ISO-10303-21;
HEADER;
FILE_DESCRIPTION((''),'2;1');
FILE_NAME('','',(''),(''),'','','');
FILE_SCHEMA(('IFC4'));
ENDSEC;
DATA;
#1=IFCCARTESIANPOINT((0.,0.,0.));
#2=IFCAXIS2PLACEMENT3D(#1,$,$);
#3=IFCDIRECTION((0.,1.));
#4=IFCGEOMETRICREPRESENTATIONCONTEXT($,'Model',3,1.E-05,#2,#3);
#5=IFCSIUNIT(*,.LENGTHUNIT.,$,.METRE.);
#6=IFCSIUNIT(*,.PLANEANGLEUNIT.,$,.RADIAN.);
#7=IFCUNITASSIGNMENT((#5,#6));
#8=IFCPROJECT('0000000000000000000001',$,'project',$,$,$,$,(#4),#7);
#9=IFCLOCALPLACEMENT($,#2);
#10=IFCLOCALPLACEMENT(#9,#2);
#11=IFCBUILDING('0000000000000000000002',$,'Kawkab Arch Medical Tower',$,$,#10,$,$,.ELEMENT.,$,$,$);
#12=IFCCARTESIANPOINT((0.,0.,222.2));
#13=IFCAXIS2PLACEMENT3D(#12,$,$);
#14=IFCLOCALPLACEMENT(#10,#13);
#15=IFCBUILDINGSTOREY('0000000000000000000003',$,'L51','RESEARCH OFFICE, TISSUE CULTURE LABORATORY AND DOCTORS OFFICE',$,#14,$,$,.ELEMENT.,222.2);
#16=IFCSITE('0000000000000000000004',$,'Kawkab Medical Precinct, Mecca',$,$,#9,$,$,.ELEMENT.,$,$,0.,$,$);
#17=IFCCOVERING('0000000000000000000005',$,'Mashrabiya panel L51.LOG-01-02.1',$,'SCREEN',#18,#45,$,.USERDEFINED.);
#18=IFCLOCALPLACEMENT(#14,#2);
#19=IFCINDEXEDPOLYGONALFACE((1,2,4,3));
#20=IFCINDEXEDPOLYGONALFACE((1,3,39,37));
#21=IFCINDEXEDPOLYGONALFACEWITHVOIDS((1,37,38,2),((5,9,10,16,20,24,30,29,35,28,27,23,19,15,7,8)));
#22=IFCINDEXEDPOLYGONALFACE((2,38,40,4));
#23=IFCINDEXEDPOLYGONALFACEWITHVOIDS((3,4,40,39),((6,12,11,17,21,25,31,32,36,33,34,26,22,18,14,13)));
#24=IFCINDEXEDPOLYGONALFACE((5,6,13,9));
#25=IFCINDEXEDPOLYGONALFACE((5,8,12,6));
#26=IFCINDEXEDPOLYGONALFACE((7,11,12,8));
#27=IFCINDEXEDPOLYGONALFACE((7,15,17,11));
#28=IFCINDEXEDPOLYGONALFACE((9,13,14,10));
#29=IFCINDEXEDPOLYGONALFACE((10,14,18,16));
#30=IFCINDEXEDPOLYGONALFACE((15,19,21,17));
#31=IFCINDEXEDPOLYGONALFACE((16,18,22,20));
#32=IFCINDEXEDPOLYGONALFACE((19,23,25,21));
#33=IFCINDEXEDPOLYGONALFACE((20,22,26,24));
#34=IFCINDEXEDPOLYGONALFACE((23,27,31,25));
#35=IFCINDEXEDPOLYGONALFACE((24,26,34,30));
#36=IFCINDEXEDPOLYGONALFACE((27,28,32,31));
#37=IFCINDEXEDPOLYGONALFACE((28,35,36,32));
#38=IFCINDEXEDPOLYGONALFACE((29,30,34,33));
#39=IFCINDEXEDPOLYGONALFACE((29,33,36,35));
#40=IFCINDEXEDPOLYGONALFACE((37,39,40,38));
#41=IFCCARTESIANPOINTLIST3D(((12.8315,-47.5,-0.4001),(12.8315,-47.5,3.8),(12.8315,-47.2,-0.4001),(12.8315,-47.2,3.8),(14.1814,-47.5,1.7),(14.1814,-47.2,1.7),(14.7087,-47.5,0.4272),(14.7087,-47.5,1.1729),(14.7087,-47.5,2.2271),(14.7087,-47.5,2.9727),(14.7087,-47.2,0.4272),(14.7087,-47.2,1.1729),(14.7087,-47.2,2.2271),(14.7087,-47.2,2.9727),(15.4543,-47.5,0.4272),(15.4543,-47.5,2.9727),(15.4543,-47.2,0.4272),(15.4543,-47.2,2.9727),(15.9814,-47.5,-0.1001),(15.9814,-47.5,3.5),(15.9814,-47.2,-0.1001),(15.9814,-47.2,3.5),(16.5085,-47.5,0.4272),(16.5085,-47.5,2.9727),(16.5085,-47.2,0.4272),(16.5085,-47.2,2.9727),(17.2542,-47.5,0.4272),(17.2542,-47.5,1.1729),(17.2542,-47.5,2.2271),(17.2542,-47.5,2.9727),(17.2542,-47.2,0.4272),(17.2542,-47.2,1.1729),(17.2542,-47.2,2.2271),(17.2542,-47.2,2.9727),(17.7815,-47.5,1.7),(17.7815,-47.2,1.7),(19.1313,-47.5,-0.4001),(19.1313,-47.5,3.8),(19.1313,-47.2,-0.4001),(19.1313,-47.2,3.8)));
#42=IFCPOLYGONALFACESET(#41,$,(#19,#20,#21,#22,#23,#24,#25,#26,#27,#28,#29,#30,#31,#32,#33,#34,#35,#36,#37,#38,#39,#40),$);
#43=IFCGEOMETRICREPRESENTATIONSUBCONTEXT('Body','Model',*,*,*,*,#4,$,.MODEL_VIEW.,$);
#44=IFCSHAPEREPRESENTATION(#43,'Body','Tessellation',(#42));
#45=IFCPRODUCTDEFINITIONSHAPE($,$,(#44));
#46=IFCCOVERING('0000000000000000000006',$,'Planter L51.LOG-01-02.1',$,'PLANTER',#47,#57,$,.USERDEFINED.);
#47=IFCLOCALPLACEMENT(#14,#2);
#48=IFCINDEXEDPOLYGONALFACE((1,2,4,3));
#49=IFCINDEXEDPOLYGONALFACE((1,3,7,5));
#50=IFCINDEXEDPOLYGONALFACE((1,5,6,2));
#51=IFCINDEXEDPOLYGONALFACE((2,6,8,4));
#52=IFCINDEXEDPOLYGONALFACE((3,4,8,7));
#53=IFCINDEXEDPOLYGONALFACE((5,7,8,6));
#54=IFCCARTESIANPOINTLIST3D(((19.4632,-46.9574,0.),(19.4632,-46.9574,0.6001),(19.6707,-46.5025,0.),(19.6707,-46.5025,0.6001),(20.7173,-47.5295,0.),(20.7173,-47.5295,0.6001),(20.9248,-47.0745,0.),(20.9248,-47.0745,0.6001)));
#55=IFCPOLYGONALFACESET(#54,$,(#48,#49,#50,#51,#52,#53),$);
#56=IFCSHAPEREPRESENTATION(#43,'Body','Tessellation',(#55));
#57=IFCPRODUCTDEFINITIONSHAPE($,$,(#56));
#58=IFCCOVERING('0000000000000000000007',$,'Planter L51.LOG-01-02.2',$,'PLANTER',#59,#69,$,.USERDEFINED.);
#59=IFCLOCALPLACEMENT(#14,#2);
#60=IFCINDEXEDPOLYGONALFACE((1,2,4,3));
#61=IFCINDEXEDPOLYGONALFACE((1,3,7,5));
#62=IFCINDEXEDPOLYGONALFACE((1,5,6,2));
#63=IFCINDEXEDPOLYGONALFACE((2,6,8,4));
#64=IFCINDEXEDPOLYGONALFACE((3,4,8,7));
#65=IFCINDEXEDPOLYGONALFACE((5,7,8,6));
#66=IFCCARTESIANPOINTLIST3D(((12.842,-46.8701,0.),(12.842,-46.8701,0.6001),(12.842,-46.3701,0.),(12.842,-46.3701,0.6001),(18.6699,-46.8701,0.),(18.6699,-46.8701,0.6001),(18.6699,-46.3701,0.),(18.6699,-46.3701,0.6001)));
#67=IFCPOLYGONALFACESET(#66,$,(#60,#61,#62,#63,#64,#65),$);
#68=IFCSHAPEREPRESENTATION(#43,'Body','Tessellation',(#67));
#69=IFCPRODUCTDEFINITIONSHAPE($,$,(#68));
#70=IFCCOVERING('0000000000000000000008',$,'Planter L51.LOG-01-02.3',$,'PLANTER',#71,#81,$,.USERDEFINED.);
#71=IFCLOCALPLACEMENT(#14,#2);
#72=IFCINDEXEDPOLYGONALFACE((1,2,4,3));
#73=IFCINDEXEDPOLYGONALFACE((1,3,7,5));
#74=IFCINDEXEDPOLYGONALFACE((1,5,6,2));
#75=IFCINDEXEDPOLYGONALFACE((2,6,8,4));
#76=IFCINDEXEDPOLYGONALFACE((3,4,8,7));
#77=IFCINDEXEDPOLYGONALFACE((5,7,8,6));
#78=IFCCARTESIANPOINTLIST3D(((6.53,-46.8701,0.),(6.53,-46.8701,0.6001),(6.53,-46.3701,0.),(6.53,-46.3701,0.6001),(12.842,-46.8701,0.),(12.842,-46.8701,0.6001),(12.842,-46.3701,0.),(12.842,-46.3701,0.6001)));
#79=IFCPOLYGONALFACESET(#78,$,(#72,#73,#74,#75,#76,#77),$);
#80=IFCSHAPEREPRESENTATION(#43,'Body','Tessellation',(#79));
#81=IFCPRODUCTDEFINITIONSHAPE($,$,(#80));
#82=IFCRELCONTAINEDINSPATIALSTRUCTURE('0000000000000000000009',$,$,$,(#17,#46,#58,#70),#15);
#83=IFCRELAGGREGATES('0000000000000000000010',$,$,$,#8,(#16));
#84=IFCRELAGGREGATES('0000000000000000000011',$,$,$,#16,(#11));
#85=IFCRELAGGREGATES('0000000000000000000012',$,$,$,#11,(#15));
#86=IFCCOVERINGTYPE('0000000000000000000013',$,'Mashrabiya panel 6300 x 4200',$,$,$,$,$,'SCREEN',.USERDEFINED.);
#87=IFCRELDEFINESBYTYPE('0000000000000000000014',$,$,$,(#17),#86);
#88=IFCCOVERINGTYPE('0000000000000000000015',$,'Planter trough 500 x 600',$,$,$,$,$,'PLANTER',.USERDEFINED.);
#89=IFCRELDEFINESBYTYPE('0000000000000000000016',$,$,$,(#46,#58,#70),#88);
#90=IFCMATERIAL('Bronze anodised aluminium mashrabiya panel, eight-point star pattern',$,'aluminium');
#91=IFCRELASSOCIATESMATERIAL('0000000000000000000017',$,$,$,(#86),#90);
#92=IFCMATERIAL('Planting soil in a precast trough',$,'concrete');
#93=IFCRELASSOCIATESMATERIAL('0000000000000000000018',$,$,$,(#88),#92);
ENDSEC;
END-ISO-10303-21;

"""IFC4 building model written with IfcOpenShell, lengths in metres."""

from ifc_helpers import new_model, si_unit, direction, frame, origin, origin_2d, place, context, subcontext, project, spatial, polyline, rectangle, outline, extrude, material, material_profile, profile_set, type_object, element, save


model = new_model("IFC4")

# Units and contexts
model_context = context("Model", 3, precision=1e-05, world=origin(), true_north=direction((0.0, 1.0)))
body_context = subcontext(model_context, "Body", "Model", "MODEL_VIEW")
ifc_project = project(units=[si_unit("LENGTHUNIT", "METRE"), si_unit("PLANEANGLEUNIT", "RADIAN")], contexts=[model_context])

# Site, building, storey
site_placement = place(None, origin())
site = spatial("IfcSite", under=ifc_project, at=site_placement, Name="Kawkab Medical Precinct, Mecca", CompositionType="ELEMENT", RefElevation=0.0)
building_placement = place(site_placement, origin())
building = spatial("IfcBuilding", under=site, at=building_placement, Name="Kawkab Arch Medical Tower", CompositionType="ELEMENT")
storey_placement = place(building_placement, frame((0.0, 0.0, 222.2)))
storey = spatial("IfcBuildingStorey", under=building, at=storey_placement, Name="L51", Description="RESEARCH OFFICE, TISSUE CULTURE LABORATORY AND DOCTORS OFFICE", CompositionType="ELEMENT", Elevation=222.2)

# Coverings
ifc_material_1 = material(Name="Bronze anodised aluminium mashrabiya panel, eight-point star pattern", Category="aluminium")
ifc_material_profile_1 = material_profile(ifc_material_1, outline(polyline([(-3.1499, -2.1001), (3.1499, -2.1001), (3.1499, 2.1001), (-3.1499, 2.1001), (-3.1499, -2.1001)]), holes=[polyline([(1.8, 0.0), (1.2727, 0.5271), (1.2727, 1.2727), (0.5271, 1.2727), (0.0, 1.8), (-0.5271, 1.2727), (-1.2727, 1.2727), (-1.2727, 0.5271), (-1.8, 0.0), (-1.2727, -0.5271), (-1.2727, -1.2727), (-0.5271, -1.2727), (0.0, -1.8), (0.5271, -1.2727), (1.2727, -1.2727), (1.2727, -0.5271), (1.8, 0.0)])]), Name="Mashrabiya panel 6300x4200")
ifc_profile_set_1 = profile_set([ifc_material_profile_1], Name="Bronze anodised aluminium mashrabiya panel, eight-point star pattern")
covering_type_1 = type_object("IfcCoveringType", Name="Mashrabiya panel 6300 x 4200", ElementType="SCREEN", PredefinedType="USERDEFINED", material=ifc_profile_set_1)
covering_1_placement = place(storey_placement, frame((15.9814, -47.2, 1.7), z_axis=(0.0, -1.0, 0.0), x_axis=(1.0, 0.0, 0.0)))
element("IfcCovering", 1, at=covering_1_placement, inside=storey, type_object=covering_type_1, Name="Mashrabiya panel L51.LOG-01-02.1", ObjectType="SCREEN", PredefinedType="USERDEFINED", context=body_context, shape_type="SweptSolid", body=[
    extrude(outline(polyline([(-3.1499, -2.1001), (3.1499, -2.1001), (3.1499, 2.1001), (-3.1499, 2.1001), (-3.1499, -2.1001)]), holes=[polyline([(1.8, 0.0), (1.2727, 0.5271), (1.2727, 1.2727), (0.5271, 1.2727), (0.0, 1.8), (-0.5271, 1.2727), (-1.2727, 1.2727), (-1.2727, 0.5271), (-1.8, 0.0), (-1.2727, -0.5271), (-1.2727, -1.2727), (-0.5271, -1.2727), (0.0, -1.8), (0.5271, -1.2727), (1.2727, -1.2727), (1.2727, -0.5271), (1.8, 0.0)])]), origin(), (0.0, 0.0, 1.0), 0.3),
])
ifc_material_2 = material(Name="Planting soil in a precast trough", Category="concrete")
ifc_material_profile_2 = material_profile(ifc_material_2, rectangle(XDim=0.5, YDim=0.6001, at=origin_2d()), Name="Trough 500x600")
ifc_profile_set_2 = profile_set([ifc_material_profile_2], Name="Planting soil in a precast trough")
covering_type_2 = type_object("IfcCoveringType", Name="Planter trough 500 x 600", ElementType="PLANTER", PredefinedType="USERDEFINED", material=ifc_profile_set_2)
covering_2_placement = place(storey_placement, frame((20.821, -47.302, 0.3), z_axis=(-0.909832, 0.414977, 0.0), x_axis=(-0.414977, -0.909832, 0.0)))
element("IfcCovering", 2, at=covering_2_placement, inside=storey, type_object=covering_type_2, Name="Planter L51.LOG-01-02.1", ObjectType="PLANTER", PredefinedType="USERDEFINED", context=body_context, shape_type="SweptSolid", body=[
    extrude(rectangle(XDim=0.5, YDim=0.6001, at=origin_2d()), origin(), (0.0, 0.0, 1.0), 1.3784),
])
covering_3_placement = place(storey_placement, frame((18.6699, -46.6201, 0.3), z_axis=(-1.0, 0.0, 0.0), x_axis=(0.0, -1.0, 0.0)))
element("IfcCovering", 3, at=covering_3_placement, inside=storey, type_object=covering_type_2, Name="Planter L51.LOG-01-02.2", ObjectType="PLANTER", PredefinedType="USERDEFINED", context=body_context, shape_type="SweptSolid", body=[
    extrude(rectangle(XDim=0.5, YDim=0.6001, at=origin_2d()), origin(), (0.0, 0.0, 1.0), 5.8279),
])
covering_4_placement = place(storey_placement, frame((12.842, -46.6201, 0.3), z_axis=(-1.0, 0.0, 0.0), x_axis=(0.0, -1.0, 0.0)))
element("IfcCovering", 4, at=covering_4_placement, inside=storey, type_object=covering_type_2, Name="Planter L51.LOG-01-02.3", ObjectType="PLANTER", PredefinedType="USERDEFINED", context=body_context, shape_type="SweptSolid", body=[
    extrude(rectangle(XDim=0.5, YDim=0.6001, at=origin_2d()), origin(), (0.0, 0.0, 1.0), 6.312),
])

save(model, "model.ifc")
